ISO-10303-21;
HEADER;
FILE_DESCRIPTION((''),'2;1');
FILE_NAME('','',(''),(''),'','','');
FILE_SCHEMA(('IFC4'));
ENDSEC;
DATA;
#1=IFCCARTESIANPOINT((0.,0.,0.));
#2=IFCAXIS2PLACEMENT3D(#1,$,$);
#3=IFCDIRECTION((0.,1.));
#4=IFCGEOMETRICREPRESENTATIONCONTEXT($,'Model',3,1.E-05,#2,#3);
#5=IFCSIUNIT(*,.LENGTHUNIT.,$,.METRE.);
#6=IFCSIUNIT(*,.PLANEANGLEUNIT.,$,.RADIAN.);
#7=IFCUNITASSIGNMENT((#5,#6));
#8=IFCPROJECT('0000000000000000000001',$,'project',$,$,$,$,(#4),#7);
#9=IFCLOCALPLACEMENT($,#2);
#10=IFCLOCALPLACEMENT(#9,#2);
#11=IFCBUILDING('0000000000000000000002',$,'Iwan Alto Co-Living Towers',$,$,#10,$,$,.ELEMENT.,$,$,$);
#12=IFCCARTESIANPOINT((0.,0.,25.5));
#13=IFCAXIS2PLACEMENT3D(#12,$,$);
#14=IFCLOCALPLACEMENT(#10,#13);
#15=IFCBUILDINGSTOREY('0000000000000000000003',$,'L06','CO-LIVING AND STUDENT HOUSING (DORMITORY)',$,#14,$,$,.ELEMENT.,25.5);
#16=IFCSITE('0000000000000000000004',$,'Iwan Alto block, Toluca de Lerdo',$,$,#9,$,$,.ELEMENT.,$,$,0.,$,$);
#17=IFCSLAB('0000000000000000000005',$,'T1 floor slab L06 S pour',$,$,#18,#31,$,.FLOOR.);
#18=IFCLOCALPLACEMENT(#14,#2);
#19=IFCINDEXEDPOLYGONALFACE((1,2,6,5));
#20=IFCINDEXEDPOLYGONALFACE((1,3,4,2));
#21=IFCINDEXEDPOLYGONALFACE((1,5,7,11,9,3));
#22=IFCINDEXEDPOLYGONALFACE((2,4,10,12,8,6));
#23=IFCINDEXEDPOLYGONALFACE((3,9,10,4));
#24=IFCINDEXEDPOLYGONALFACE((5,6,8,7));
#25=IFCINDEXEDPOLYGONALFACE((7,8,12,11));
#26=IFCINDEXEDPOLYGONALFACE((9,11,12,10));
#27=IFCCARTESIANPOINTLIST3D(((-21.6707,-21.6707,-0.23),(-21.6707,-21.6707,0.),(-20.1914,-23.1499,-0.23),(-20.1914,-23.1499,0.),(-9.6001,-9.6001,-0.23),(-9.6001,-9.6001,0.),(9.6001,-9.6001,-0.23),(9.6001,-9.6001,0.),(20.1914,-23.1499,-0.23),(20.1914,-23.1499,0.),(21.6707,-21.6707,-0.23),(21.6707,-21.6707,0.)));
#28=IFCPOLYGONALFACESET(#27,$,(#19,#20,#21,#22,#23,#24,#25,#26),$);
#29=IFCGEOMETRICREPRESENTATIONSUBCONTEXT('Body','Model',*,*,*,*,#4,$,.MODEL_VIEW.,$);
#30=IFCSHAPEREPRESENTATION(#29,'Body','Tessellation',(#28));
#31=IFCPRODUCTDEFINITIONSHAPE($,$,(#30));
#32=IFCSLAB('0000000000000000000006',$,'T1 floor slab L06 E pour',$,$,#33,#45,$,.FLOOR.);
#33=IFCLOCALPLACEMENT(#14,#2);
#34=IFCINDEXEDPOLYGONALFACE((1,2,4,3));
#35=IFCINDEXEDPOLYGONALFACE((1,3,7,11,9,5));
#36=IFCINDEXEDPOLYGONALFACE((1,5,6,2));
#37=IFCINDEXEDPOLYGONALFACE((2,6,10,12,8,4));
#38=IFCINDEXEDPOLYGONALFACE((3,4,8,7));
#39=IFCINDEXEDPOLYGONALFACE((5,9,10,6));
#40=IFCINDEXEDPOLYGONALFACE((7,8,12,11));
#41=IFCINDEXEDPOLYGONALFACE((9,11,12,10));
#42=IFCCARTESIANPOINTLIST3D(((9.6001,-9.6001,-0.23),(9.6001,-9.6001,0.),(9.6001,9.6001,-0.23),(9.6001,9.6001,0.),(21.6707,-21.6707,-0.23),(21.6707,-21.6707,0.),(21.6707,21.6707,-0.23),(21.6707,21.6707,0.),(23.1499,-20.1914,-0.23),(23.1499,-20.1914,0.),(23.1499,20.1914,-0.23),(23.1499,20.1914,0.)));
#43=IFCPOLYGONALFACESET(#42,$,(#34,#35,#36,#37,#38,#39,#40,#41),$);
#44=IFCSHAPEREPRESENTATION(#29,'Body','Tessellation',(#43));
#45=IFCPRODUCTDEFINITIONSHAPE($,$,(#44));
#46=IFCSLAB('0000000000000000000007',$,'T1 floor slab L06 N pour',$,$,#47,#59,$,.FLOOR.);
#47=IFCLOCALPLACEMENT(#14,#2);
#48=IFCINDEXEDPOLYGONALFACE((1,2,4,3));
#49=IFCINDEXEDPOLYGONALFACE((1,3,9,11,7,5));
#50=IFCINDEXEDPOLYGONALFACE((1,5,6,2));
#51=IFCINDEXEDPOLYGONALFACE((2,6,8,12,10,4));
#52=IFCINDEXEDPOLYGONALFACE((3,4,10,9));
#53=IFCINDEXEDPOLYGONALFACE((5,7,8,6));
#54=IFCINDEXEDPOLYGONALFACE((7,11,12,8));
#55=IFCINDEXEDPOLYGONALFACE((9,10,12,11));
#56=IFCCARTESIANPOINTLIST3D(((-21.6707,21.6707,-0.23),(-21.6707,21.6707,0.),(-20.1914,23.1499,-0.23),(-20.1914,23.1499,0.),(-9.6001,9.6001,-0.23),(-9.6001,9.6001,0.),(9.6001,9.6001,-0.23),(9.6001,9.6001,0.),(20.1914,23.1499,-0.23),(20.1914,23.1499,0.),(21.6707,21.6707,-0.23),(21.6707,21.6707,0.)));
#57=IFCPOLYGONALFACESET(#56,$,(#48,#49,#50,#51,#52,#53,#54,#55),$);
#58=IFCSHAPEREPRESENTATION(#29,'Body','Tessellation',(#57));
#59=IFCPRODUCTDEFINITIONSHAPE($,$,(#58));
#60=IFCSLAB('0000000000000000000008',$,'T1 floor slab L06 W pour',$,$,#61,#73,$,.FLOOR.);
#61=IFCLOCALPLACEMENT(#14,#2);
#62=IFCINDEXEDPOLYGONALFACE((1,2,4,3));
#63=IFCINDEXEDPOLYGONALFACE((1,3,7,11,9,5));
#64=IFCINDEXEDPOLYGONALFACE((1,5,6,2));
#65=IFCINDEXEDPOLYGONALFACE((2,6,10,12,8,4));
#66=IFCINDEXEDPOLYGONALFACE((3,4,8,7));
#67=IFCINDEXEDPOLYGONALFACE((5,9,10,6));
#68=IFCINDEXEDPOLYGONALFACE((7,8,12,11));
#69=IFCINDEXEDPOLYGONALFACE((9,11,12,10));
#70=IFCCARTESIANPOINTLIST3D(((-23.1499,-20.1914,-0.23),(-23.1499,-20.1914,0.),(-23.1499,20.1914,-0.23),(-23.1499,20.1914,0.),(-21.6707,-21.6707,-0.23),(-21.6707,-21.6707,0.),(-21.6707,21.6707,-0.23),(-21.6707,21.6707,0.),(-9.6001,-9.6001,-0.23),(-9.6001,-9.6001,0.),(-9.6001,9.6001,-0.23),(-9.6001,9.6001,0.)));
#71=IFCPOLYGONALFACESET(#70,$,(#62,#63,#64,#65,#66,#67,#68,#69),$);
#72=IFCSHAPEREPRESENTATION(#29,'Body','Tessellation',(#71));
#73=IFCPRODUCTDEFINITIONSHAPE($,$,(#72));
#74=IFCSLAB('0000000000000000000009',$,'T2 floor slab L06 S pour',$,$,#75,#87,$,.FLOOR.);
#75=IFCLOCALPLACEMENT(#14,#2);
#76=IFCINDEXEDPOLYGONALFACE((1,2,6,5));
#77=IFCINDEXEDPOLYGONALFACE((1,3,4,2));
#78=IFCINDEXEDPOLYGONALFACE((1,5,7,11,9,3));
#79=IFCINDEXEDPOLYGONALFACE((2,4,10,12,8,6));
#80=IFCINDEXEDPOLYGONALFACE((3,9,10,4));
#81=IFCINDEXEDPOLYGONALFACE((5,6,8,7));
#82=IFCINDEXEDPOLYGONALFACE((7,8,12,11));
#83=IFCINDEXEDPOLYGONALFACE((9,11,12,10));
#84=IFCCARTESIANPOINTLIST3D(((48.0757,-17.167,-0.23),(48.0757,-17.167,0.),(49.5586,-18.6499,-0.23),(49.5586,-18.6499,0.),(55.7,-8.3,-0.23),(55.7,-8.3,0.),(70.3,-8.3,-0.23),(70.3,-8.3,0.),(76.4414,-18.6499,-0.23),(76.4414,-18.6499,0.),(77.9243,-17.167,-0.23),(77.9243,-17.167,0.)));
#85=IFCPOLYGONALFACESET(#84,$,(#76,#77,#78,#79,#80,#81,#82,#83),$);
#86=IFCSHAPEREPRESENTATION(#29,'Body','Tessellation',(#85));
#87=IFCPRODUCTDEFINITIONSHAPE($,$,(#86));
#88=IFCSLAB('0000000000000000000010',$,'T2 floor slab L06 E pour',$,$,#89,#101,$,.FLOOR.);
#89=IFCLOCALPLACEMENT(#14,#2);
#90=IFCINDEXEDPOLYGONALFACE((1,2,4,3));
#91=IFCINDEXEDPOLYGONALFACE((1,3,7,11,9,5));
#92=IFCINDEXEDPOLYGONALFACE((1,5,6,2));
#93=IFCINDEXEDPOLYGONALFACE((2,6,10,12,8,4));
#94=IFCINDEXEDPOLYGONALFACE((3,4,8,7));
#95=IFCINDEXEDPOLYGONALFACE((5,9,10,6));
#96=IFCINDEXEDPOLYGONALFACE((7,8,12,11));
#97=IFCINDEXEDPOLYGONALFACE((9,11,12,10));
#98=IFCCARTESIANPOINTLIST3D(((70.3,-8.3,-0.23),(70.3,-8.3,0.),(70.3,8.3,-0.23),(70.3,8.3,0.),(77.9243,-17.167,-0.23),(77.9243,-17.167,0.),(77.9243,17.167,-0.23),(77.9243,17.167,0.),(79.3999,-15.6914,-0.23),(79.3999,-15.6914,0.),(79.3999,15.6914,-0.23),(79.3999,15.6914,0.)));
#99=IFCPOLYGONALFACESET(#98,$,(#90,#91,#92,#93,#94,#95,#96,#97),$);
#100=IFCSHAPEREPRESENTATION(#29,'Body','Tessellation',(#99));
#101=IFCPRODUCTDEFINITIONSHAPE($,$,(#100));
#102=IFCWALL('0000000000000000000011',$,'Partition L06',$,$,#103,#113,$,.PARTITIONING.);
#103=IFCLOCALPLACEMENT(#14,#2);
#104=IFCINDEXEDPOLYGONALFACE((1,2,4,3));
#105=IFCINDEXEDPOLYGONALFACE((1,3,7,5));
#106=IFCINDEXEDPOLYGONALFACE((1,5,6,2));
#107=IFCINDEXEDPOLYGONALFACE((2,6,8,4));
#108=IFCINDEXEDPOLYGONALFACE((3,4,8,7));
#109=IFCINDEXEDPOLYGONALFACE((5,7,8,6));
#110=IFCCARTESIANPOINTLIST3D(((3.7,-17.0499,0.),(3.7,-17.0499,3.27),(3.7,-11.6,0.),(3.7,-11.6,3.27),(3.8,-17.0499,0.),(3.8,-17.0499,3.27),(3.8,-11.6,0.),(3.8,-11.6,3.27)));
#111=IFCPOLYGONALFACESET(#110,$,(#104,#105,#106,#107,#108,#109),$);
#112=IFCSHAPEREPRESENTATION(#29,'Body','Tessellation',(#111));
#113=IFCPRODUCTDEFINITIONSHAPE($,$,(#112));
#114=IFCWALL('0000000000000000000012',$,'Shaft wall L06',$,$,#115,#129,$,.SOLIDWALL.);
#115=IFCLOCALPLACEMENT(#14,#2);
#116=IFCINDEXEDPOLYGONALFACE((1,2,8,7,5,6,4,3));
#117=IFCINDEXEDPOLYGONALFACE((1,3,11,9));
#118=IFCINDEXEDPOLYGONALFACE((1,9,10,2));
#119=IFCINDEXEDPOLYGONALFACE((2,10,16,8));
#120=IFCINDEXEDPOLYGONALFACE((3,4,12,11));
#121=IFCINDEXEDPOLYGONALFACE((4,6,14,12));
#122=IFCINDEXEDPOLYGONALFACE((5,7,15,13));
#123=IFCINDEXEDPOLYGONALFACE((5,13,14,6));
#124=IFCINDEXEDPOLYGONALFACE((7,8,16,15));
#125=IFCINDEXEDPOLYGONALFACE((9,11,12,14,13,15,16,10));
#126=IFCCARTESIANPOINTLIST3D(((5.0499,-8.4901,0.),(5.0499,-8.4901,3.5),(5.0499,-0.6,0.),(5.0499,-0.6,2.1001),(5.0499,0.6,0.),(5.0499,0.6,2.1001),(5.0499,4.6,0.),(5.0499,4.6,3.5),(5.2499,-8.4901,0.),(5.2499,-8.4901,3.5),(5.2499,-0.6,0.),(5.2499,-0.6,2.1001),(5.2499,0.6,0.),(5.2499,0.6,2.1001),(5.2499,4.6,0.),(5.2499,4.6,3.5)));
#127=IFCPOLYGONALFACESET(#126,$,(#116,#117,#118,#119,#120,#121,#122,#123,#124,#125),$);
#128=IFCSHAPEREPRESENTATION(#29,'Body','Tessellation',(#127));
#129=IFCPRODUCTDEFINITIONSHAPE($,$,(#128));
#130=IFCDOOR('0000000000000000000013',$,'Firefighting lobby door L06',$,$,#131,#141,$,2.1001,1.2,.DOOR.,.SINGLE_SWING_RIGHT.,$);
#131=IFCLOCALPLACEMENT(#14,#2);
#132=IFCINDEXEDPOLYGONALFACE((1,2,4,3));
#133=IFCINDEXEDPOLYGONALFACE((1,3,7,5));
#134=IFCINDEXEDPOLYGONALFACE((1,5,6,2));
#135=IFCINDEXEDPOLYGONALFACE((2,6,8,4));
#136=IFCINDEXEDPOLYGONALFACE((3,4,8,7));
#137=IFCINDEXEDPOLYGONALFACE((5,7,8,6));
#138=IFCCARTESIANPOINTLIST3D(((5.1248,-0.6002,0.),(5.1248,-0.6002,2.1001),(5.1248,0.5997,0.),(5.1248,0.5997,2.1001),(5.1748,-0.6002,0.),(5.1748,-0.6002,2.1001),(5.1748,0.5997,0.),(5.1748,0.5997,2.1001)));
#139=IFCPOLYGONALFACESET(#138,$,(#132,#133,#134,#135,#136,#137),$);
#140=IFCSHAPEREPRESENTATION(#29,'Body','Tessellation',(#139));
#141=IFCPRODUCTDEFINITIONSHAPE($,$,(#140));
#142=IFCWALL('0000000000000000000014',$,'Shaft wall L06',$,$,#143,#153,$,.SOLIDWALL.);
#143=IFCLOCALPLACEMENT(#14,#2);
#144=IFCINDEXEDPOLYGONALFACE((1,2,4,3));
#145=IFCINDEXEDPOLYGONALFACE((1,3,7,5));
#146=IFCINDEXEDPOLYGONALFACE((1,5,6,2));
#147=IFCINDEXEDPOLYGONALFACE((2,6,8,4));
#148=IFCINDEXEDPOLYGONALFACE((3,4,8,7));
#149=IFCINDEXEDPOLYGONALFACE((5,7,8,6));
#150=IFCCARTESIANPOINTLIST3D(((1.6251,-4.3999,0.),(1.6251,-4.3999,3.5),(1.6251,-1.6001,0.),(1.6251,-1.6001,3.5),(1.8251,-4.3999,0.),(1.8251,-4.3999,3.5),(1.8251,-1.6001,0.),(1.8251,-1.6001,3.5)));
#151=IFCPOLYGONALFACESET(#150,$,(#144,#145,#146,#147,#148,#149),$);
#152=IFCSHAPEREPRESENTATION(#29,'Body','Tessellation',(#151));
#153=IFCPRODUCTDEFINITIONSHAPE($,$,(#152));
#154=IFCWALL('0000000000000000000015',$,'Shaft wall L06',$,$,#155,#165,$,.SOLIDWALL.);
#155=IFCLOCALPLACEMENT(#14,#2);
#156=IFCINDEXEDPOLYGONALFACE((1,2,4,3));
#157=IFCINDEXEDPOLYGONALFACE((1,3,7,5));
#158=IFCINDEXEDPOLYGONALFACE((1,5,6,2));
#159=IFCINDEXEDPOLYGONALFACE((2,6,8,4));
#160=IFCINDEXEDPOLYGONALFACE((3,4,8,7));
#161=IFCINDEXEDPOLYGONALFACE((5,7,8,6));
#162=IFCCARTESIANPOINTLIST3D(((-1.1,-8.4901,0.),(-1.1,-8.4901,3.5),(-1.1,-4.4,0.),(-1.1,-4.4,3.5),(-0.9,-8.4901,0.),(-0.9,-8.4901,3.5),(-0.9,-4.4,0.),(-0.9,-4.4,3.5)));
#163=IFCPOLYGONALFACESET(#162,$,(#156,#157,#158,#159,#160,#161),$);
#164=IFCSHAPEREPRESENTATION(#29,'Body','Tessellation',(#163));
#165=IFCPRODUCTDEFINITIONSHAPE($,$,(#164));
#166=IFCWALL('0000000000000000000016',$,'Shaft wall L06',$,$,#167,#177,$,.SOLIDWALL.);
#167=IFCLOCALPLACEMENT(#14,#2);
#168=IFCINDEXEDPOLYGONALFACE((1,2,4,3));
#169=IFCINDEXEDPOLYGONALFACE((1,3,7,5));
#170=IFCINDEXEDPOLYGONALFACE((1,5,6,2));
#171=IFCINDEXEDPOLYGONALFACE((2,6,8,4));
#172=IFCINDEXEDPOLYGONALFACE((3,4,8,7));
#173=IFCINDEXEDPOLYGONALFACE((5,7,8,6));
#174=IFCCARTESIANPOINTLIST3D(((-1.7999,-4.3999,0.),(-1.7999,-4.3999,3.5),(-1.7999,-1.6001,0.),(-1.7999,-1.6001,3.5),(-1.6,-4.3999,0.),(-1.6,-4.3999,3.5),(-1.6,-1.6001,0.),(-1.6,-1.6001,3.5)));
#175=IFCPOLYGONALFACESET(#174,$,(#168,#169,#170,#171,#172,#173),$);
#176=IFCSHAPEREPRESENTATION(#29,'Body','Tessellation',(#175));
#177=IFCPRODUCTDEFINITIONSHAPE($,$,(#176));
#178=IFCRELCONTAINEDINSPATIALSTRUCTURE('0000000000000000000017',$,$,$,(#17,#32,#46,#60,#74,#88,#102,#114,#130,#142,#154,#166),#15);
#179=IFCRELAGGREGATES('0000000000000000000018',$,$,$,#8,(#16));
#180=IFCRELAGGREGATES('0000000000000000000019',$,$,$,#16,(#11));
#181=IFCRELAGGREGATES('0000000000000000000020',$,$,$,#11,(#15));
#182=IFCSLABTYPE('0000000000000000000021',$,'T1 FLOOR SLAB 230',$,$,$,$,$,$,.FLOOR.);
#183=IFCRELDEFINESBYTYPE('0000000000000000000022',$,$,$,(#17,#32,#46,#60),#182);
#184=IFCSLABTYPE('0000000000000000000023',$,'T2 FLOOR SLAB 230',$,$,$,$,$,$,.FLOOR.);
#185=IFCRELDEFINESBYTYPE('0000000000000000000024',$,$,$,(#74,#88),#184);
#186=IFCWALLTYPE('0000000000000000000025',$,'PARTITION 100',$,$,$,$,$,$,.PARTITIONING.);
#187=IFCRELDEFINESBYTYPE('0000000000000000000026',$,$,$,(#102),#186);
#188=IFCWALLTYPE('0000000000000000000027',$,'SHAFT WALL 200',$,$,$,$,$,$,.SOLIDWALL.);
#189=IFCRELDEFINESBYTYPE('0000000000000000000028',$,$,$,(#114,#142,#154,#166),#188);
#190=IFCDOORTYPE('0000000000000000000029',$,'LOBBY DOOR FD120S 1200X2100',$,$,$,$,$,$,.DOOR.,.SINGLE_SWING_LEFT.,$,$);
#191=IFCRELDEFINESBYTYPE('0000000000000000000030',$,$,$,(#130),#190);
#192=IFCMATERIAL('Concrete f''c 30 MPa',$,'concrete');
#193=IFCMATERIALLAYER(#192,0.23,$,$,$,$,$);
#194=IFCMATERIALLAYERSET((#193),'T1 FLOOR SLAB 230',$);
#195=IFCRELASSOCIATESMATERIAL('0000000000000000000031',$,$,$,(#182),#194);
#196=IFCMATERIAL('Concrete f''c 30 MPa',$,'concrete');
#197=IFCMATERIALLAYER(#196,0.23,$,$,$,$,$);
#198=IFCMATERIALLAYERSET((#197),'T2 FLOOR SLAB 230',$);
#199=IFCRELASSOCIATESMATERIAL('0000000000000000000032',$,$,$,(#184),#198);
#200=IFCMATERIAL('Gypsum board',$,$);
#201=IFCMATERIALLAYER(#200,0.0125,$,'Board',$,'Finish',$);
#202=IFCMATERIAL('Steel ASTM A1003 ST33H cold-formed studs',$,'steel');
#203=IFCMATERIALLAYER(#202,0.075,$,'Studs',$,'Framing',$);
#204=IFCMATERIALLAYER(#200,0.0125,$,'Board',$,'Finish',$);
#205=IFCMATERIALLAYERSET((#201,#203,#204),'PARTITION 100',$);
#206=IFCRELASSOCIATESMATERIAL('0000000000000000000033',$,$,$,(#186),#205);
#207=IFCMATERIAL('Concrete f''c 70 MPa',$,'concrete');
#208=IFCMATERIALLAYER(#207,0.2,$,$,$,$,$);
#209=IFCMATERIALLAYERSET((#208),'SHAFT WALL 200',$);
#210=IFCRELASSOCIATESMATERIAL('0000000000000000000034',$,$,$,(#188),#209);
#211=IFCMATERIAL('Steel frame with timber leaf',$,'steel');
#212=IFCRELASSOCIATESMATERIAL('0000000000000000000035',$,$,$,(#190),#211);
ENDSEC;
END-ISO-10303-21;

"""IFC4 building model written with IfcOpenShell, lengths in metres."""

from ifc_helpers import new_model, si_unit, direction, frame, frame_2d, origin, place, context, subcontext, project, spatial, polyline, rectangle, outline, extrude, material, layer, layer_set, type_object, element, fill, save


model = new_model("IFC4")

# Units and contexts
model_context = context("Model", 3, precision=1e-05, world=origin(), true_north=direction((0.0, 1.0)))
body_context = subcontext(model_context, "Body", "Model", "MODEL_VIEW")
ifc_project = project(units=[si_unit("LENGTHUNIT", "METRE"), si_unit("PLANEANGLEUNIT", "RADIAN")], contexts=[model_context])

# Site, building, storey
site_placement = place(None, origin())
site = spatial("IfcSite", under=ifc_project, at=site_placement, Name="Iwan Alto block, Toluca de Lerdo", CompositionType="ELEMENT", RefElevation=0.0)
building_placement = place(site_placement, origin())
building = spatial("IfcBuilding", under=site, at=building_placement, Name="Iwan Alto Co-Living Towers", CompositionType="ELEMENT")
storey_placement = place(building_placement, frame((0.0, 0.0, 25.5)))
storey = spatial("IfcBuildingStorey", under=building, at=storey_placement, Name="L06", Description="CO-LIVING AND STUDENT HOUSING (DORMITORY)", CompositionType="ELEMENT", Elevation=25.5)

# Slabs
ifc_material_1 = material(Name="Concrete f'c 30 MPa", Category="concrete")
ifc_layer_1 = layer(ifc_material_1, 0.23)
ifc_layer_set_1 = layer_set([ifc_layer_1], Name="T1 FLOOR SLAB 230")
slab_type_1 = type_object("IfcSlabType", Name="T1 FLOOR SLAB 230", PredefinedType="FLOOR", material=ifc_layer_set_1)
slab_1_placement = place(storey_placement, frame((0.0, 0.0, -0.23)))
element("IfcSlab", 1, at=slab_1_placement, inside=storey, type_object=slab_type_1, Name="T1 floor slab L06 S pour", PredefinedType="FLOOR", context=body_context, shape_type="SweptSolid", body=[
    extrude(outline(polyline([(20.1914, -23.1499), (-20.1914, -23.1499), (-21.6707, -21.6707), (-9.6001, -9.6001), (9.6001, -9.6001), (21.6707, -21.6707), (20.1914, -23.1499)])), origin(), (0.0, 0.0, 1.0), 0.23),
])
slab_2_placement = place(storey_placement, frame((0.0, 0.0, -0.23)))
element("IfcSlab", 2, at=slab_2_placement, inside=storey, type_object=slab_type_1, Name="T1 floor slab L06 E pour", PredefinedType="FLOOR", context=body_context, shape_type="SweptSolid", body=[
    extrude(outline(polyline([(23.1499, 20.1914), (23.1499, -20.1914), (21.6707, -21.6707), (9.6001, -9.6001), (9.6001, 9.6001), (21.6707, 21.6707), (23.1499, 20.1914)])), origin(), (0.0, 0.0, 1.0), 0.23),
])
slab_3_placement = place(storey_placement, frame((0.0, 0.0, -0.23)))
element("IfcSlab", 3, at=slab_3_placement, inside=storey, type_object=slab_type_1, Name="T1 floor slab L06 N pour", PredefinedType="FLOOR", context=body_context, shape_type="SweptSolid", body=[
    extrude(outline(polyline([(-20.1914, 23.1499), (20.1914, 23.1499), (21.6707, 21.6707), (9.6001, 9.6001), (-9.6001, 9.6001), (-21.6707, 21.6707), (-20.1914, 23.1499)])), origin(), (0.0, 0.0, 1.0), 0.23),
])
slab_4_placement = place(storey_placement, frame((0.0, 0.0, -0.23)))
element("IfcSlab", 4, at=slab_4_placement, inside=storey, type_object=slab_type_1, Name="T1 floor slab L06 W pour", PredefinedType="FLOOR", context=body_context, shape_type="SweptSolid", body=[
    extrude(outline(polyline([(-23.1499, 20.1914), (-21.6707, 21.6707), (-9.6001, 9.6001), (-9.6001, -9.6001), (-21.6707, -21.6707), (-23.1499, -20.1914), (-23.1499, 20.1914)])), origin(), (0.0, 0.0, 1.0), 0.23),
])
ifc_material_2 = material(Name="Concrete f'c 30 MPa", Category="concrete")
ifc_layer_2 = layer(ifc_material_2, 0.23)
ifc_layer_set_2 = layer_set([ifc_layer_2], Name="T2 FLOOR SLAB 230")
slab_type_2 = type_object("IfcSlabType", Name="T2 FLOOR SLAB 230", PredefinedType="FLOOR", material=ifc_layer_set_2)
slab_5_placement = place(storey_placement, frame((0.0, 0.0, -0.23)))
element("IfcSlab", 5, at=slab_5_placement, inside=storey, type_object=slab_type_2, Name="T2 floor slab L06 S pour", PredefinedType="FLOOR", context=body_context, shape_type="SweptSolid", body=[
    extrude(outline(polyline([(76.4414, -18.6499), (49.5586, -18.6499), (48.0757, -17.167), (55.7, -8.3), (70.3, -8.3), (77.9243, -17.167), (76.4414, -18.6499)])), origin(), (0.0, 0.0, 1.0), 0.23),
])
slab_6_placement = place(storey_placement, frame((0.0, 0.0, -0.23)))
element("IfcSlab", 6, at=slab_6_placement, inside=storey, type_object=slab_type_2, Name="T2 floor slab L06 E pour", PredefinedType="FLOOR", context=body_context, shape_type="SweptSolid", body=[
    extrude(outline(polyline([(79.3999, 15.6914), (79.3999, -15.6914), (77.9243, -17.167), (70.3, -8.3), (70.3, 8.3), (77.9243, 17.167), (79.3999, 15.6914)])), origin(), (0.0, 0.0, 1.0), 0.23),
])

# Wall
ifc_material_3 = material(Name="Gypsum board")
ifc_layer_3 = layer(ifc_material_3, 0.0125, Name="Board", Category="Finish")
ifc_material_4 = material(Name="Steel ASTM A1003 ST33H cold-formed studs", Category="steel")
ifc_layer_4 = layer(ifc_material_4, 0.075, Name="Studs", Category="Framing")
ifc_layer_5 = layer(ifc_material_3, 0.0125, Name="Board", Category="Finish")
ifc_layer_set_3 = layer_set([ifc_layer_3, ifc_layer_4, ifc_layer_5], Name="PARTITION 100")
wall_type_1 = type_object("IfcWallType", Name="PARTITION 100", PredefinedType="PARTITIONING", material=ifc_layer_set_3)
wall_1_placement = place(storey_placement, frame((3.75, -17.05, 0.0), z_axis=(0.0, 0.0, 1.0), x_axis=(0.0, 1.0, 0.0)))
element("IfcWall", 7, at=wall_1_placement, inside=storey, type_object=wall_type_1, Name="Partition L06", PredefinedType="PARTITIONING", context=body_context, shape_type="SweptSolid", body=[
    extrude(rectangle(XDim=5.45, YDim=0.1001, at=frame_2d((2.7251, 0.0))), origin(), (0.0, 0.0, 1.0), 3.27),
])

# Wall, opening, door
ifc_material_5 = material(Name="Concrete f'c 70 MPa", Category="concrete")
ifc_layer_6 = layer(ifc_material_5, 0.2)
ifc_layer_set_4 = layer_set([ifc_layer_6], Name="SHAFT WALL 200")
wall_type_2 = type_object("IfcWallType", Name="SHAFT WALL 200", PredefinedType="SOLIDWALL", material=ifc_layer_set_4)
wall_2_placement = place(storey_placement, frame((5.1499, -8.49, 0.0), z_axis=(0.0, 0.0, 1.0), x_axis=(0.0, 1.0, 0.0)))
wall_2 = element("IfcWall", 8, at=wall_2_placement, inside=storey, type_object=wall_type_2, Name="Shaft wall L06", PredefinedType="SOLIDWALL", context=body_context, shape_type="SweptSolid", body=[
    extrude(rectangle(XDim=13.0901, YDim=0.2, at=frame_2d((6.5449, 0.0))), origin(), (0.0, 0.0, 1.0), 3.5),
])
opening_1_placement = place(wall_2_placement, frame((7.8899, 0.0, 0.0)))
opening_1 = element("IfcOpeningElement", 9, at=opening_1_placement, cuts=wall_2, PredefinedType="OPENING", context=body_context, shape_type="SweptSolid", body=[
    extrude(rectangle(XDim=1.2, YDim=2.1001, at=frame_2d((0.6001, 1.05))), frame((0.0, 0.1099, 0.0), z_axis=(0.0, -1.0, 0.0), x_axis=(1.0, 0.0, 0.0)), (0.0, 0.0, 1.0), 0.22),
])
ifc_material_6 = material(Name="Steel frame with timber leaf", Category="steel")
door_type_1 = type_object("IfcDoorType", Name="LOBBY DOOR FD120S 1200X2100", OperationType="SINGLE_SWING_LEFT", PredefinedType="DOOR", material=ifc_material_6)
door_1_placement = place(opening_1_placement, frame((1.2, 0.0, 0.0), z_axis=(0.0, 0.0, 1.0), x_axis=(-1.0, 0.0, 0.0)))
door_1 = element("IfcDoor", 10, at=door_1_placement, inside=storey, type_object=door_type_1, Name="Firefighting lobby door L06", OperationType="SINGLE_SWING_RIGHT", OverallHeight=2.1001, OverallWidth=1.2, PredefinedType="DOOR", context=body_context, shape_type="SweptSolid", body=[
    extrude(rectangle(XDim=1.2, YDim=2.1001, at=frame_2d((0.6001, 1.05))), frame((0.0, 0.0249, 0.0), z_axis=(0.0, -1.0, 0.0), x_axis=(1.0, 0.0, 0.0)), (0.0, 0.0, 1.0), 0.05),
])
fill(opening_1, door_1)

# Walls
wall_3_placement = place(storey_placement, frame((1.7251, -4.3999, 0.0), z_axis=(0.0, 0.0, 1.0), x_axis=(0.0, 1.0, 0.0)))
element("IfcWall", 11, at=wall_3_placement, inside=storey, type_object=wall_type_2, Name="Shaft wall L06", PredefinedType="SOLIDWALL", context=body_context, shape_type="SweptSolid", body=[
    extrude(rectangle(XDim=2.7998, YDim=0.2, at=frame_2d((1.3999, 0.0))), origin(), (0.0, 0.0, 1.0), 3.5),
])
wall_4_placement = place(storey_placement, frame((-1.0, -8.49, 0.0), z_axis=(0.0, 0.0, 1.0), x_axis=(0.0, 1.0, 0.0)))
element("IfcWall", 12, at=wall_4_placement, inside=storey, type_object=wall_type_2, Name="Shaft wall L06", PredefinedType="SOLIDWALL", context=body_context, shape_type="SweptSolid", body=[
    extrude(rectangle(XDim=4.0901, YDim=0.2, at=frame_2d((2.0449, 0.0))), origin(), (0.0, 0.0, 1.0), 3.5),
])
wall_5_placement = place(storey_placement, frame((-1.7, -4.3999, 0.0), z_axis=(0.0, 0.0, 1.0), x_axis=(0.0, 1.0, 0.0)))
element("IfcWall", 13, at=wall_5_placement, inside=storey, type_object=wall_type_2, Name="Shaft wall L06", PredefinedType="SOLIDWALL", context=body_context, shape_type="SweptSolid", body=[
    extrude(rectangle(XDim=2.7998, YDim=0.2, at=frame_2d((1.3999, 0.0))), origin(), (0.0, 0.0, 1.0), 3.5),
])

save(model, "model.ifc")
